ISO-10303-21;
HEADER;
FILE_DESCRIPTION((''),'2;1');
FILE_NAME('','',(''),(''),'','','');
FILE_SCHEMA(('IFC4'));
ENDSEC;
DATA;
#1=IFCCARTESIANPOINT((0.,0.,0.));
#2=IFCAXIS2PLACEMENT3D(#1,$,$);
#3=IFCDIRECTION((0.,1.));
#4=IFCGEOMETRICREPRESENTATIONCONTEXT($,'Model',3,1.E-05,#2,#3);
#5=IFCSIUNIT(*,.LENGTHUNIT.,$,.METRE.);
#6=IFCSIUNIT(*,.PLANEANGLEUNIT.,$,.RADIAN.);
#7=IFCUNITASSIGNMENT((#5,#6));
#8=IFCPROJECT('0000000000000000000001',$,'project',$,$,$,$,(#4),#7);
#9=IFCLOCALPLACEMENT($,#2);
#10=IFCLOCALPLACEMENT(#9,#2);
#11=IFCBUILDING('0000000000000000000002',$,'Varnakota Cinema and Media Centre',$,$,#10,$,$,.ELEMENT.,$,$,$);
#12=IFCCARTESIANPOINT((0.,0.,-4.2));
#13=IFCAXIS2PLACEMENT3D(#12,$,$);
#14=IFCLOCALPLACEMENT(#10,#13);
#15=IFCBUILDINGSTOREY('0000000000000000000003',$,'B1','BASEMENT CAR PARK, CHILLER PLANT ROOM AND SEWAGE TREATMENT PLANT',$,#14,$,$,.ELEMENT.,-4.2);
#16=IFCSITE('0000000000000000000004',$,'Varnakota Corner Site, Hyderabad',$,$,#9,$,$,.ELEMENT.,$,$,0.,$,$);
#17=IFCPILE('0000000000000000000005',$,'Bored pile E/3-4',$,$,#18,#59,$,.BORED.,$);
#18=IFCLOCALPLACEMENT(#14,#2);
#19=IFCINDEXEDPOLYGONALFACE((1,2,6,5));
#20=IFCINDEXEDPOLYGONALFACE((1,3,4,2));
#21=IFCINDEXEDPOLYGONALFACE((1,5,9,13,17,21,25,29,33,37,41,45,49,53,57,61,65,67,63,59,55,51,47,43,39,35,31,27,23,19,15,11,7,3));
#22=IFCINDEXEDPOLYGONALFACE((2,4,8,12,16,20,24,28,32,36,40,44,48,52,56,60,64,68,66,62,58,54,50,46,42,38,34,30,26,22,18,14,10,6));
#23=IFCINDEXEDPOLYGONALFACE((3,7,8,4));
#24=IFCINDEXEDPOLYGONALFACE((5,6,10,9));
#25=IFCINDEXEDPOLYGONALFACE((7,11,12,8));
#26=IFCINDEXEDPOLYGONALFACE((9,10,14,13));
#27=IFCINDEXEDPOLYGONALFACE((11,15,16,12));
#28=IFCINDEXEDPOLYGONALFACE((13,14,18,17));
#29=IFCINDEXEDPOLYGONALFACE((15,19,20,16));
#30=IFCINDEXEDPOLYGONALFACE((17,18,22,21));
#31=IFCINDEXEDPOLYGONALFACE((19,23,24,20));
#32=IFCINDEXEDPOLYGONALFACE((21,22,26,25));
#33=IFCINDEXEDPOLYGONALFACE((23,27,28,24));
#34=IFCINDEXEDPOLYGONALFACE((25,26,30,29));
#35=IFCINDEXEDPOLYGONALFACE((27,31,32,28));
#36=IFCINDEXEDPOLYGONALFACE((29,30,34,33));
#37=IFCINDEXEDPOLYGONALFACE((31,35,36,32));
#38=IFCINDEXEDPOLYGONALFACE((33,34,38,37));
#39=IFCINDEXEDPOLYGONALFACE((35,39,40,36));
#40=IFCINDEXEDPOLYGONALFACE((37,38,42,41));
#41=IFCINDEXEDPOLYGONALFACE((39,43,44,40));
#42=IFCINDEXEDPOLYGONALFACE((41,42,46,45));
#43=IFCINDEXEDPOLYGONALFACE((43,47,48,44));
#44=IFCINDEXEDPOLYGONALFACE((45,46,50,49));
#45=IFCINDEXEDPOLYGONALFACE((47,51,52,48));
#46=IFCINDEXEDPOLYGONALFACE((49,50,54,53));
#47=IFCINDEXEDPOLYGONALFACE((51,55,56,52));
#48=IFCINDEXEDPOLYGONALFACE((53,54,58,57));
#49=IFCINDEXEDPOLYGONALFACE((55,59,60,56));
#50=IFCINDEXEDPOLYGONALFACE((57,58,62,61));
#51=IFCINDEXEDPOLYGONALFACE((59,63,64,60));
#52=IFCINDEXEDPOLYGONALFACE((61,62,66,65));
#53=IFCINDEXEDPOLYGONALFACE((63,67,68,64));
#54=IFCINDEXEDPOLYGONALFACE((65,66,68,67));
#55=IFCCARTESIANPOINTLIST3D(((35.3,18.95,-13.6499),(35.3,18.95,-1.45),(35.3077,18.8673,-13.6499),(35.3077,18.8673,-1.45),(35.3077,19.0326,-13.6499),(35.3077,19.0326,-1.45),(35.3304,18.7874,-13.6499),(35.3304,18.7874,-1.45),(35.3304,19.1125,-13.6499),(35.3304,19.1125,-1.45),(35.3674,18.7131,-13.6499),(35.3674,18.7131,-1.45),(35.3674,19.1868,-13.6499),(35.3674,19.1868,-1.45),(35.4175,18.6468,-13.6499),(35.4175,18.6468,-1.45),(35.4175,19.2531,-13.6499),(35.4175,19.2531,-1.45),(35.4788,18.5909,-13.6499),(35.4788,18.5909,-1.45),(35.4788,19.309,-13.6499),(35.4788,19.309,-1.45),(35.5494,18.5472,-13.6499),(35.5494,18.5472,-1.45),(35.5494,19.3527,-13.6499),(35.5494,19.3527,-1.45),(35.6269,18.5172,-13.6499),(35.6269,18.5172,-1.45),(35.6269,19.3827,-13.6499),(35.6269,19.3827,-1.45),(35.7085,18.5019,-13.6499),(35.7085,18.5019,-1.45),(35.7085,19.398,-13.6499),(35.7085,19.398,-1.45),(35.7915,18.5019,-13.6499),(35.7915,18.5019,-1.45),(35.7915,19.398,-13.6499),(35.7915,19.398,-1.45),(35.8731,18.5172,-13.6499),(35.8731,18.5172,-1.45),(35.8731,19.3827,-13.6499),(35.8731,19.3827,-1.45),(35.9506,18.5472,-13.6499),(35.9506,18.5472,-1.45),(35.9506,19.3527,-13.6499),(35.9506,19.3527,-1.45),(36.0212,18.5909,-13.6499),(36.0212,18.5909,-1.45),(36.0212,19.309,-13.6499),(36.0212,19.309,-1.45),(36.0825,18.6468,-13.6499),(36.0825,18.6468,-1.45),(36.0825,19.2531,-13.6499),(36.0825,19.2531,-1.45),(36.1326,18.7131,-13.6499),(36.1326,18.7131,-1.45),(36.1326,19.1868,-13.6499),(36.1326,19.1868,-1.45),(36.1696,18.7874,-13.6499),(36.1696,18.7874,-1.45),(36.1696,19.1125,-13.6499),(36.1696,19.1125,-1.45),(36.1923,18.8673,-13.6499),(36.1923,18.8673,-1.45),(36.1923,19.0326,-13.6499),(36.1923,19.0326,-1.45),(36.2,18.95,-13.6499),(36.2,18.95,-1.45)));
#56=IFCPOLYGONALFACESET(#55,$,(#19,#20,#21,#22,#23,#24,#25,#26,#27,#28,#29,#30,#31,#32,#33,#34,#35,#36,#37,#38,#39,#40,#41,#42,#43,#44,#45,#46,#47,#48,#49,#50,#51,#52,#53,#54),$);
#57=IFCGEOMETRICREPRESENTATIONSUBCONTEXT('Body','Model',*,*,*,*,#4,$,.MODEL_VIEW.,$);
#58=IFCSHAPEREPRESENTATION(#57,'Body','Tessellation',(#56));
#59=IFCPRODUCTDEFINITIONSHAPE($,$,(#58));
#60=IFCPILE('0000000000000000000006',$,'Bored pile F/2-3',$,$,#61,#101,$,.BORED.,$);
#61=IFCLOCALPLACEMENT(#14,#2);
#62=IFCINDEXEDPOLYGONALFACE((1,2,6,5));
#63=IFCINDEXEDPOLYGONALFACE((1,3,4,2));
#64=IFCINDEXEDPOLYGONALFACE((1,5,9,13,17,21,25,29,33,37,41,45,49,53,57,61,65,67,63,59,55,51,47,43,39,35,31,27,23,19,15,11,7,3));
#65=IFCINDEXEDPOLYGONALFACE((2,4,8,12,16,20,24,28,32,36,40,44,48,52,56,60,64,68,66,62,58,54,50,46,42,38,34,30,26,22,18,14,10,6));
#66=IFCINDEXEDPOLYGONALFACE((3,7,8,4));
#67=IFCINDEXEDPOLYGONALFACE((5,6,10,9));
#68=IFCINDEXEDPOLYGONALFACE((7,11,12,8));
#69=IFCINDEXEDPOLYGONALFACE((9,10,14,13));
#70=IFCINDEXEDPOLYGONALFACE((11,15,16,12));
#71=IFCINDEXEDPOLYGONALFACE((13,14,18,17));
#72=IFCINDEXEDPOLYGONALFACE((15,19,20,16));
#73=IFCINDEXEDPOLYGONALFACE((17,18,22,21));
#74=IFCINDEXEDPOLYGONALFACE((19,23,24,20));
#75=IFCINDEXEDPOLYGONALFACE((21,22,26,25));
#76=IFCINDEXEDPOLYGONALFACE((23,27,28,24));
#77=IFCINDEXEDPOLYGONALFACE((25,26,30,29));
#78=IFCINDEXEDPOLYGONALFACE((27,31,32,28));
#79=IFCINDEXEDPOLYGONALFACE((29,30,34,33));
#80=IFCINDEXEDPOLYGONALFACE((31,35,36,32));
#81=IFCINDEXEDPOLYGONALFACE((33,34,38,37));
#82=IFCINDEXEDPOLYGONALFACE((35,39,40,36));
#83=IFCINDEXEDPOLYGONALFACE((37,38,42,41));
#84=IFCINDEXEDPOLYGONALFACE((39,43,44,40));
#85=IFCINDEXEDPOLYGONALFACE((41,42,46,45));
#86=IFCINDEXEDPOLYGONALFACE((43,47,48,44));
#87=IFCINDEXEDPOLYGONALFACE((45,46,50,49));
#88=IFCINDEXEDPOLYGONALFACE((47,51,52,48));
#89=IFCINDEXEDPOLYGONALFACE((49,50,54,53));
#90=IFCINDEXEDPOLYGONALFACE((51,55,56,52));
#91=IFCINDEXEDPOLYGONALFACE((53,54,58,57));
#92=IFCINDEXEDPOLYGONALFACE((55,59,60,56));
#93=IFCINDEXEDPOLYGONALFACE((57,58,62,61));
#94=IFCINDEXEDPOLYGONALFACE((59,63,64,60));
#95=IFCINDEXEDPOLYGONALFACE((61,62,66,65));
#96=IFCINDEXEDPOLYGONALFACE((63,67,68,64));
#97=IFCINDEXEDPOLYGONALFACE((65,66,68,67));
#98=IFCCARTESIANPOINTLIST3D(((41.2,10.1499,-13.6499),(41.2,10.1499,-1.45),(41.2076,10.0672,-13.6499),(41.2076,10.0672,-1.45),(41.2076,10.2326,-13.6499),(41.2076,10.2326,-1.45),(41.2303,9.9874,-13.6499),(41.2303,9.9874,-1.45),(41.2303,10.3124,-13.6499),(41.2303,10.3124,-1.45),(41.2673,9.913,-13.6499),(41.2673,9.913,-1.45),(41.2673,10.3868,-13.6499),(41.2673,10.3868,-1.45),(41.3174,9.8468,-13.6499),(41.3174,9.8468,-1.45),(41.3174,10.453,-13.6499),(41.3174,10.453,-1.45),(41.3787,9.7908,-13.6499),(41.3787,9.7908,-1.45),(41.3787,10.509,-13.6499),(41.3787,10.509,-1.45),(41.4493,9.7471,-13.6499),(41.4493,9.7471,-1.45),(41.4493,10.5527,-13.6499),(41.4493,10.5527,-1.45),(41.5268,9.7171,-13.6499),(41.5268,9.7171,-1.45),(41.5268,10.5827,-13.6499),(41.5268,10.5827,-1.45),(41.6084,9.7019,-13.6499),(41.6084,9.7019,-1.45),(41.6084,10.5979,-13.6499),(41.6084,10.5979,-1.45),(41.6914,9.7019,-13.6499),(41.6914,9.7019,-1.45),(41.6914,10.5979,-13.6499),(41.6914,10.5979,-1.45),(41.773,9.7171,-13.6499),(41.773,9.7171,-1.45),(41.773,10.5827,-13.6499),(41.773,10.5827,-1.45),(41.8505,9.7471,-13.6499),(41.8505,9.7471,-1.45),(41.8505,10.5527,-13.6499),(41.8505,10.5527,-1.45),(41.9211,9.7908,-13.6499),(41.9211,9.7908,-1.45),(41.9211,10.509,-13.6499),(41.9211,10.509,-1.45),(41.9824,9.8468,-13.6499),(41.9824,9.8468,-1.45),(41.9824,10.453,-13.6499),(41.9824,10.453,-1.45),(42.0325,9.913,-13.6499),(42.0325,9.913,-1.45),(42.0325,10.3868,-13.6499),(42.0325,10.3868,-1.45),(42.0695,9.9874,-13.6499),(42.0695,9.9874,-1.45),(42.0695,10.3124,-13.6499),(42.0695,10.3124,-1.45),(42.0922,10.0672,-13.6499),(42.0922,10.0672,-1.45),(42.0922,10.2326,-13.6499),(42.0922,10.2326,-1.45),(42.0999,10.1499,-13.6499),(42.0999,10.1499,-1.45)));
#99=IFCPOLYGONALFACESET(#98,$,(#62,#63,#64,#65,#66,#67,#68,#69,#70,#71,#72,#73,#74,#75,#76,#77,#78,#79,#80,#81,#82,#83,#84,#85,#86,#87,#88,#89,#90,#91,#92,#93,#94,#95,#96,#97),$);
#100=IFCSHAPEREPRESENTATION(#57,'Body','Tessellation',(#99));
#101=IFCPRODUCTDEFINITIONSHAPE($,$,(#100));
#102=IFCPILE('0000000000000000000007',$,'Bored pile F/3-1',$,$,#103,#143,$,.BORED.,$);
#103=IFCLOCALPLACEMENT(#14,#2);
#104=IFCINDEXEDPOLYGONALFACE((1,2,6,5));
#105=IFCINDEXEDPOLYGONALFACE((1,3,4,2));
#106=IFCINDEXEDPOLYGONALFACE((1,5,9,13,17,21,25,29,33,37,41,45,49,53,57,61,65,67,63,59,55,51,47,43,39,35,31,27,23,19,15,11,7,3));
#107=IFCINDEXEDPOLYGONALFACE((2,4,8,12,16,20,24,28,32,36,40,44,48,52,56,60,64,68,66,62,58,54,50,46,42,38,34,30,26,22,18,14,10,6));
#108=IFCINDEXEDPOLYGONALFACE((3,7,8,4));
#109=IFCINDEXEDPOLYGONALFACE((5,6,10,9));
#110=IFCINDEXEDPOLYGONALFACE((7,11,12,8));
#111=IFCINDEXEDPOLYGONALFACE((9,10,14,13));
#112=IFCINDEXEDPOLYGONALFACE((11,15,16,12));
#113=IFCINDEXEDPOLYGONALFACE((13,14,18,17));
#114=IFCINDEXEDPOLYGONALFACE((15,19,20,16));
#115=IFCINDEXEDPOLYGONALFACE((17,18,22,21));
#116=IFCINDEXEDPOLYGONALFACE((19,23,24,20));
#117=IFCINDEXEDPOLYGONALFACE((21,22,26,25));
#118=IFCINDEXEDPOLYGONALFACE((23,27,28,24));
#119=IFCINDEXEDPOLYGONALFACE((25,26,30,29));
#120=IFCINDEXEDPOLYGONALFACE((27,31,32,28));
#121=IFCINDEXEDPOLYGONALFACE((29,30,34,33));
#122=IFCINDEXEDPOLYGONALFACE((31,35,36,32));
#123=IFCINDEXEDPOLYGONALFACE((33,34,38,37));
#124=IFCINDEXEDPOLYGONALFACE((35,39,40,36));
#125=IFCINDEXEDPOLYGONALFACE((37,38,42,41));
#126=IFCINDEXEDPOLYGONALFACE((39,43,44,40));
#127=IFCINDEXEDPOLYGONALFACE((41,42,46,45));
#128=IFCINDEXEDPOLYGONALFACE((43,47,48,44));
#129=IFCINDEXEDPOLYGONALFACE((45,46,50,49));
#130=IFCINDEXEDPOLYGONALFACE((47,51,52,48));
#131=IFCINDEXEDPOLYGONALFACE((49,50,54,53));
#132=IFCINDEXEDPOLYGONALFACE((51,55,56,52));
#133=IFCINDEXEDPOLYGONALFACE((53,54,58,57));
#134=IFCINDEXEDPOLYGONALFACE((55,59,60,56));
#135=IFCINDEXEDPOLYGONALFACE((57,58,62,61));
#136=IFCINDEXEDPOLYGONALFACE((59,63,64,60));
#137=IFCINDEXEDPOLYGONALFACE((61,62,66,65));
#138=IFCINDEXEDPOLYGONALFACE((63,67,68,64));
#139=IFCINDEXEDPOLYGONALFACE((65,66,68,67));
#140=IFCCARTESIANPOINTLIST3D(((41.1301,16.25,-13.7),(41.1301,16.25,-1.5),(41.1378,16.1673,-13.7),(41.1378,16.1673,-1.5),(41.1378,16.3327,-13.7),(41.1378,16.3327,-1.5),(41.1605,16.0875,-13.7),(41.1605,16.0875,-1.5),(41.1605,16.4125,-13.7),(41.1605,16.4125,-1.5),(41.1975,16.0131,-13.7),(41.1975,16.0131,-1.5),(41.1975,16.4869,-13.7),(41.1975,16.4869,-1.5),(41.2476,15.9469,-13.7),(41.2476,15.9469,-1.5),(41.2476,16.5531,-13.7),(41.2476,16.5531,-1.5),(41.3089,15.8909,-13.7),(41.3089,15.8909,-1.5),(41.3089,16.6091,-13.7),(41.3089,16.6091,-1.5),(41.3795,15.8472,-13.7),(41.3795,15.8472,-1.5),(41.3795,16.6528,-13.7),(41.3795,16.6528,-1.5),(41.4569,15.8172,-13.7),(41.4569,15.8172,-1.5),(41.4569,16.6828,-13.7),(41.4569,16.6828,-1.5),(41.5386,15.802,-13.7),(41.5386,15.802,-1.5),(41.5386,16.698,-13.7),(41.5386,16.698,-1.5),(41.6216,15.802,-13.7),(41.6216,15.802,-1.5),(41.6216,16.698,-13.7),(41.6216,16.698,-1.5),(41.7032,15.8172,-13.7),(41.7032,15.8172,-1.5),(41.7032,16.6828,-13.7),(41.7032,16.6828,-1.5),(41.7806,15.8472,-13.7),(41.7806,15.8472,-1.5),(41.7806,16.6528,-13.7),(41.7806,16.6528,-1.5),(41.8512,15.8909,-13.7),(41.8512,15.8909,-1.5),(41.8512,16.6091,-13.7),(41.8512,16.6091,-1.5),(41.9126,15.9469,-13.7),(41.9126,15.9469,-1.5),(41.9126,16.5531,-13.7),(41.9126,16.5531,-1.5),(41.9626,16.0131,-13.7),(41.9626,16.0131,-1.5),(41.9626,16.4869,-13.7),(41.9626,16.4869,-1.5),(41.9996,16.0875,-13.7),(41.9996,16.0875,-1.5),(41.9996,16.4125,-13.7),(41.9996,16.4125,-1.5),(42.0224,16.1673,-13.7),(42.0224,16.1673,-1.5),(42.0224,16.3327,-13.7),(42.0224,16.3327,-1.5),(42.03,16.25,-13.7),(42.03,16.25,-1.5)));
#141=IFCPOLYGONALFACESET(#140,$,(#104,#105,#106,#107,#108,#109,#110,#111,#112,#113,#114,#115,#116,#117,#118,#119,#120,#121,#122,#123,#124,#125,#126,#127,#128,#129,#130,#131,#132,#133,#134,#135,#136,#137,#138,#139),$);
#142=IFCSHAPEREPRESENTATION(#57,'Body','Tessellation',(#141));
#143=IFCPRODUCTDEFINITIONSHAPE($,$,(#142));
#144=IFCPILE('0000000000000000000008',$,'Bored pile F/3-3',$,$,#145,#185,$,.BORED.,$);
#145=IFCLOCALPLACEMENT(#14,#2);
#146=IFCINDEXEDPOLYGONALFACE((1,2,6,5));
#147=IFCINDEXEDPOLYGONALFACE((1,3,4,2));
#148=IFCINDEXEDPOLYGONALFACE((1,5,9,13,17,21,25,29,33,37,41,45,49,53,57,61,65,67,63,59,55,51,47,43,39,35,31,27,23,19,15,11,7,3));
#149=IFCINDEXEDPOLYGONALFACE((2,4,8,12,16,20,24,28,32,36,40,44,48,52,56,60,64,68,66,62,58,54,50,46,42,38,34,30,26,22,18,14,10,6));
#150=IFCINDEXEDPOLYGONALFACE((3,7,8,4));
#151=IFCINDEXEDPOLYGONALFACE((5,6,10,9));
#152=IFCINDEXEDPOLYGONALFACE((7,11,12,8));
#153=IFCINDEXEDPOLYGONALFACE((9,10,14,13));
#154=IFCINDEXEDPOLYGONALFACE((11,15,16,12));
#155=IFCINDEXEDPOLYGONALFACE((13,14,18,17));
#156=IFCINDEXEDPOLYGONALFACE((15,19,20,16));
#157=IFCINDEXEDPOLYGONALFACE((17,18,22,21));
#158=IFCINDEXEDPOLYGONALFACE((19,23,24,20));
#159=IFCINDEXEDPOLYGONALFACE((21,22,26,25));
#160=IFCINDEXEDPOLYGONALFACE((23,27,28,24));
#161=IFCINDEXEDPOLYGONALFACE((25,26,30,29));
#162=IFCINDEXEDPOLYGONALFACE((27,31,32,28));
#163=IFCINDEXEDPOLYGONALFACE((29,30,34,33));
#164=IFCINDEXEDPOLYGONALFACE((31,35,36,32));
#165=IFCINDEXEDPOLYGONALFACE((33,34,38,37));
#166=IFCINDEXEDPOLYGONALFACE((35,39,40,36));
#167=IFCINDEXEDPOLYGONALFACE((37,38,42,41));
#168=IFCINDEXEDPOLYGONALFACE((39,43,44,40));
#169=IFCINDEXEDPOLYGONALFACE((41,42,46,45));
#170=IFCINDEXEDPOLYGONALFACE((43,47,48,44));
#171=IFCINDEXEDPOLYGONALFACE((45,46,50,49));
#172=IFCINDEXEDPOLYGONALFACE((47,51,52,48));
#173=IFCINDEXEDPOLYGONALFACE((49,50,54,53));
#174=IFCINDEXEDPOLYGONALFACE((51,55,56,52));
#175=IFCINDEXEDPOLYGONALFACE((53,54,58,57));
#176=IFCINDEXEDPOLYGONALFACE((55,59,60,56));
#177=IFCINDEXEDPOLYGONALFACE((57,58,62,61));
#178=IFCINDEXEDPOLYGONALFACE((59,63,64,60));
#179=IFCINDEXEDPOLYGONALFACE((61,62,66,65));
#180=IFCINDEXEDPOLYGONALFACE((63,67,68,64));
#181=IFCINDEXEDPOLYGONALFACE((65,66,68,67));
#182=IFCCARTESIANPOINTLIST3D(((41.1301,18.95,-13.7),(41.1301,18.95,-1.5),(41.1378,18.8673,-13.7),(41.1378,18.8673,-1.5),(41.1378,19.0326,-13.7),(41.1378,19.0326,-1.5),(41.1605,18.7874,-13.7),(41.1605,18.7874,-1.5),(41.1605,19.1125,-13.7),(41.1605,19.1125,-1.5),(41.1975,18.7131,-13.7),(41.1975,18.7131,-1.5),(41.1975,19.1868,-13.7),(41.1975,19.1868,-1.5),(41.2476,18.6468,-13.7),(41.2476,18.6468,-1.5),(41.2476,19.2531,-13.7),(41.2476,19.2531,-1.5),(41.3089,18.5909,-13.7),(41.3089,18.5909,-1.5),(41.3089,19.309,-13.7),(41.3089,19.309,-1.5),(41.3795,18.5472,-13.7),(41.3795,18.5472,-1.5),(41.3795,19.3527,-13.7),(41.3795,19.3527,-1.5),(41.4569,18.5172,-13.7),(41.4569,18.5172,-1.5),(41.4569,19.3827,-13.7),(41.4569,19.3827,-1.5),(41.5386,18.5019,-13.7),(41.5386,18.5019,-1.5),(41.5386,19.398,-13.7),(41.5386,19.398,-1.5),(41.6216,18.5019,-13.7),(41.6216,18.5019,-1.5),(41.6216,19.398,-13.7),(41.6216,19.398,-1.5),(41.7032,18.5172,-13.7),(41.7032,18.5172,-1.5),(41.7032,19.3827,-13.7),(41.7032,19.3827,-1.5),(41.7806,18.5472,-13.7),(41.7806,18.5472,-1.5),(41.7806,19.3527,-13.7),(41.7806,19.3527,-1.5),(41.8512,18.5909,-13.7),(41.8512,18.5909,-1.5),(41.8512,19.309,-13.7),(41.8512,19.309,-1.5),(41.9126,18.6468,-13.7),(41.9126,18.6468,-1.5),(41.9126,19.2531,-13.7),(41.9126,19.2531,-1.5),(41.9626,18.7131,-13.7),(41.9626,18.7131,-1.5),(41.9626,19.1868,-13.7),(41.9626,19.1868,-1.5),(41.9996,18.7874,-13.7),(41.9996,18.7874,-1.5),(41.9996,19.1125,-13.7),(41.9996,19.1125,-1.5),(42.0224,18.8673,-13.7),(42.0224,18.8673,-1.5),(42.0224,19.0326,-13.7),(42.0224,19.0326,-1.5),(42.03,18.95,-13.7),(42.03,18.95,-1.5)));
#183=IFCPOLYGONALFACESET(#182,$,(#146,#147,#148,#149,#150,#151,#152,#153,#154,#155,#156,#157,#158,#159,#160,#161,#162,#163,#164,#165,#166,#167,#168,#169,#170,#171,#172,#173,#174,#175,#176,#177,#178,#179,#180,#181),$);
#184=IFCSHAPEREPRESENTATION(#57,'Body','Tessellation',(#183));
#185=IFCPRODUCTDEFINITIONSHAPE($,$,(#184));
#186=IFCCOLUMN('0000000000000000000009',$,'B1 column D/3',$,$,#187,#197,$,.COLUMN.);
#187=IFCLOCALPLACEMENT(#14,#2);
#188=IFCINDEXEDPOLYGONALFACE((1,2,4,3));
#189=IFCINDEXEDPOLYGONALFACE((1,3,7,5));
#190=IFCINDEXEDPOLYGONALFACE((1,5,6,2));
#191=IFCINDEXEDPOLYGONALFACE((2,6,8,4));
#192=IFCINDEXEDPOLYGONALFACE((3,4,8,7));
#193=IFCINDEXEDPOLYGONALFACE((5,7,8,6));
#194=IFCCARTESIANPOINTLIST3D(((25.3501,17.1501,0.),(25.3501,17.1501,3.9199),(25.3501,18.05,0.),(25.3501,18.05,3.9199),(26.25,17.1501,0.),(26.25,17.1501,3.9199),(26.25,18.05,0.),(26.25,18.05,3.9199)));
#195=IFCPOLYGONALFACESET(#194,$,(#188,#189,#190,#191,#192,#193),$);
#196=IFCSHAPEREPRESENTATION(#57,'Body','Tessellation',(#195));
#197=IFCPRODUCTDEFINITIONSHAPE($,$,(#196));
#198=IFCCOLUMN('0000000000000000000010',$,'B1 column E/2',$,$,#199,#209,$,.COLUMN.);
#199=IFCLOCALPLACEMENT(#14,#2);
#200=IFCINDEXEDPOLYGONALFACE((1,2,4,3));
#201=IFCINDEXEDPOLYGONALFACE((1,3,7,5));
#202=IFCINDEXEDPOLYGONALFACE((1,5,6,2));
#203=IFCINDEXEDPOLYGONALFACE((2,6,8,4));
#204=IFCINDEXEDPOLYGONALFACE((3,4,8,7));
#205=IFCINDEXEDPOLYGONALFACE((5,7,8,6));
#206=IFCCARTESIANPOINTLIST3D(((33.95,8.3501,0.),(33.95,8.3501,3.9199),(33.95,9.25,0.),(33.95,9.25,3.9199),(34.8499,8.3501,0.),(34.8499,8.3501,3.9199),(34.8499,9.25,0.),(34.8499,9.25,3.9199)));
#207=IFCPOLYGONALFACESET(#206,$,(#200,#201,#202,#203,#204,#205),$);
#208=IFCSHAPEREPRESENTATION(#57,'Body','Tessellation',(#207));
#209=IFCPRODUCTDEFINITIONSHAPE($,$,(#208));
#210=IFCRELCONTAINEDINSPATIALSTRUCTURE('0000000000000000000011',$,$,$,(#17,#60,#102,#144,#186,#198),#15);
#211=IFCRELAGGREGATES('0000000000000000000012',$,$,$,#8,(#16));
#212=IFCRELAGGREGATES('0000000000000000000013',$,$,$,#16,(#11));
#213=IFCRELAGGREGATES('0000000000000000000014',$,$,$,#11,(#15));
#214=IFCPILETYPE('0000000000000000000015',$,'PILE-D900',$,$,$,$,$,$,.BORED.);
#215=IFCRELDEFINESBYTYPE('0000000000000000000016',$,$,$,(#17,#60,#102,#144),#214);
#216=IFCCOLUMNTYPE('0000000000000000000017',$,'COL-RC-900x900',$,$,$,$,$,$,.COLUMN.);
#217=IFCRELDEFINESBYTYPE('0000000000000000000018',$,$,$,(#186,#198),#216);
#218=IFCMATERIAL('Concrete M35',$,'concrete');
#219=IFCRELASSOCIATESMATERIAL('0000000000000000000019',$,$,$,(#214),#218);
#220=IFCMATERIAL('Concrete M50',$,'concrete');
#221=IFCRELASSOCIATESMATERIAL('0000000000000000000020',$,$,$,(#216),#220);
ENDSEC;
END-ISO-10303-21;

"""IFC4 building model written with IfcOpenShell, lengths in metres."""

from ifc_helpers import new_model, si_unit, direction, frame, origin, origin_2d, place, context, subcontext, project, spatial, rectangle, circle, extrude, material, material_profile, profile_set, type_object, element, save


model = new_model("IFC4")

# Units and contexts
model_context = context("Model", 3, precision=1e-05, world=origin(), true_north=direction((0.0, 1.0)))
body_context = subcontext(model_context, "Body", "Model", "MODEL_VIEW")
ifc_project = project(units=[si_unit("LENGTHUNIT", "METRE"), si_unit("PLANEANGLEUNIT", "RADIAN")], contexts=[model_context])

# Site, building, storey
site_placement = place(None, origin())
site = spatial("IfcSite", under=ifc_project, at=site_placement, Name="Varnakota Corner Site, Hyderabad", CompositionType="ELEMENT", RefElevation=0.0)
building_placement = place(site_placement, origin())
building = spatial("IfcBuilding", under=site, at=building_placement, Name="Varnakota Cinema and Media Centre", CompositionType="ELEMENT")
storey_placement = place(building_placement, frame((0.0, 0.0, -4.2)))
storey = spatial("IfcBuildingStorey", under=building, at=storey_placement, Name="B1", Description="BASEMENT CAR PARK, CHILLER PLANT ROOM AND SEWAGE TREATMENT PLANT", CompositionType="ELEMENT", Elevation=-4.2)

# Piles
ifc_material_1 = material(Name="Concrete M35", Category="concrete")
ifc_material_profile_1 = material_profile(ifc_material_1, circle(Radius=0.45, at=origin_2d()), Name="PILE D900")
ifc_profile_set_1 = profile_set([ifc_material_profile_1], Name="Concrete M35")
pile_type_1 = type_object("IfcPileType", Name="PILE-D900", PredefinedType="BORED", material=ifc_profile_set_1)
for number, where, z_axis, x_axis, name in (
    (1, (35.75, 18.95, -1.45), (0.0, 0.0, -1.0), (1.0, 0.0, 0.0), "Bored pile E/3-4"),
    (2, (41.6499, 10.1499, -1.45), (0.0, 0.0, -1.0), (1.0, 0.0, 0.0), "Bored pile F/2-3"),
    (3, (41.5801, 16.25, -1.5), (0.0, 0.0, -1.0), (1.0, 0.0, 0.0), "Bored pile F/3-1"),
    (4, (41.5801, 18.95, -1.5), (0.0, 0.0, -1.0), (1.0, 0.0, 0.0), "Bored pile F/3-3"),
):
    element("IfcPile", number, at=place(storey_placement, frame(where, z_axis=z_axis, x_axis=x_axis)), inside=storey, type_object=pile_type_1, Name=name, PredefinedType="BORED", context=body_context, shape_type="SweptSolid", body=[
        extrude(circle(Radius=0.45, at=origin_2d()), origin(), (0.0, 0.0, 1.0), 12.2),
    ])

# Columns
ifc_material_2 = material(Name="Concrete M50", Category="concrete")
ifc_material_profile_2 = material_profile(ifc_material_2, rectangle(XDim=0.8999, YDim=0.8999, at=origin_2d()), Name="RC 900x900")
ifc_profile_set_2 = profile_set([ifc_material_profile_2], Name="Concrete M50")
column_type = type_object("IfcColumnType", Name="COL-RC-900x900", PredefinedType="COLUMN", material=ifc_profile_set_2)
for number, where, z_axis, x_axis, name in (
    (5, (25.8, 17.6001, 0.0), (0.0, 0.0, 1.0), (1.0, 0.0, 0.0), "B1 column D/3"),
    (6, (34.3999, 8.8, 0.0), (0.0, 0.0, 1.0), (1.0, 0.0, 0.0), "B1 column E/2"),
):
    element("IfcColumn", number, at=place(storey_placement, frame(where, z_axis=z_axis, x_axis=x_axis)), inside=storey, type_object=column_type, Name=name, PredefinedType="COLUMN", context=body_context, shape_type="SweptSolid", body=[
        extrude(rectangle(XDim=0.8999, YDim=0.8999, at=origin_2d()), origin(), (0.0, 0.0, 1.0), 3.9199),
    ])

save(model, "model.ifc")
